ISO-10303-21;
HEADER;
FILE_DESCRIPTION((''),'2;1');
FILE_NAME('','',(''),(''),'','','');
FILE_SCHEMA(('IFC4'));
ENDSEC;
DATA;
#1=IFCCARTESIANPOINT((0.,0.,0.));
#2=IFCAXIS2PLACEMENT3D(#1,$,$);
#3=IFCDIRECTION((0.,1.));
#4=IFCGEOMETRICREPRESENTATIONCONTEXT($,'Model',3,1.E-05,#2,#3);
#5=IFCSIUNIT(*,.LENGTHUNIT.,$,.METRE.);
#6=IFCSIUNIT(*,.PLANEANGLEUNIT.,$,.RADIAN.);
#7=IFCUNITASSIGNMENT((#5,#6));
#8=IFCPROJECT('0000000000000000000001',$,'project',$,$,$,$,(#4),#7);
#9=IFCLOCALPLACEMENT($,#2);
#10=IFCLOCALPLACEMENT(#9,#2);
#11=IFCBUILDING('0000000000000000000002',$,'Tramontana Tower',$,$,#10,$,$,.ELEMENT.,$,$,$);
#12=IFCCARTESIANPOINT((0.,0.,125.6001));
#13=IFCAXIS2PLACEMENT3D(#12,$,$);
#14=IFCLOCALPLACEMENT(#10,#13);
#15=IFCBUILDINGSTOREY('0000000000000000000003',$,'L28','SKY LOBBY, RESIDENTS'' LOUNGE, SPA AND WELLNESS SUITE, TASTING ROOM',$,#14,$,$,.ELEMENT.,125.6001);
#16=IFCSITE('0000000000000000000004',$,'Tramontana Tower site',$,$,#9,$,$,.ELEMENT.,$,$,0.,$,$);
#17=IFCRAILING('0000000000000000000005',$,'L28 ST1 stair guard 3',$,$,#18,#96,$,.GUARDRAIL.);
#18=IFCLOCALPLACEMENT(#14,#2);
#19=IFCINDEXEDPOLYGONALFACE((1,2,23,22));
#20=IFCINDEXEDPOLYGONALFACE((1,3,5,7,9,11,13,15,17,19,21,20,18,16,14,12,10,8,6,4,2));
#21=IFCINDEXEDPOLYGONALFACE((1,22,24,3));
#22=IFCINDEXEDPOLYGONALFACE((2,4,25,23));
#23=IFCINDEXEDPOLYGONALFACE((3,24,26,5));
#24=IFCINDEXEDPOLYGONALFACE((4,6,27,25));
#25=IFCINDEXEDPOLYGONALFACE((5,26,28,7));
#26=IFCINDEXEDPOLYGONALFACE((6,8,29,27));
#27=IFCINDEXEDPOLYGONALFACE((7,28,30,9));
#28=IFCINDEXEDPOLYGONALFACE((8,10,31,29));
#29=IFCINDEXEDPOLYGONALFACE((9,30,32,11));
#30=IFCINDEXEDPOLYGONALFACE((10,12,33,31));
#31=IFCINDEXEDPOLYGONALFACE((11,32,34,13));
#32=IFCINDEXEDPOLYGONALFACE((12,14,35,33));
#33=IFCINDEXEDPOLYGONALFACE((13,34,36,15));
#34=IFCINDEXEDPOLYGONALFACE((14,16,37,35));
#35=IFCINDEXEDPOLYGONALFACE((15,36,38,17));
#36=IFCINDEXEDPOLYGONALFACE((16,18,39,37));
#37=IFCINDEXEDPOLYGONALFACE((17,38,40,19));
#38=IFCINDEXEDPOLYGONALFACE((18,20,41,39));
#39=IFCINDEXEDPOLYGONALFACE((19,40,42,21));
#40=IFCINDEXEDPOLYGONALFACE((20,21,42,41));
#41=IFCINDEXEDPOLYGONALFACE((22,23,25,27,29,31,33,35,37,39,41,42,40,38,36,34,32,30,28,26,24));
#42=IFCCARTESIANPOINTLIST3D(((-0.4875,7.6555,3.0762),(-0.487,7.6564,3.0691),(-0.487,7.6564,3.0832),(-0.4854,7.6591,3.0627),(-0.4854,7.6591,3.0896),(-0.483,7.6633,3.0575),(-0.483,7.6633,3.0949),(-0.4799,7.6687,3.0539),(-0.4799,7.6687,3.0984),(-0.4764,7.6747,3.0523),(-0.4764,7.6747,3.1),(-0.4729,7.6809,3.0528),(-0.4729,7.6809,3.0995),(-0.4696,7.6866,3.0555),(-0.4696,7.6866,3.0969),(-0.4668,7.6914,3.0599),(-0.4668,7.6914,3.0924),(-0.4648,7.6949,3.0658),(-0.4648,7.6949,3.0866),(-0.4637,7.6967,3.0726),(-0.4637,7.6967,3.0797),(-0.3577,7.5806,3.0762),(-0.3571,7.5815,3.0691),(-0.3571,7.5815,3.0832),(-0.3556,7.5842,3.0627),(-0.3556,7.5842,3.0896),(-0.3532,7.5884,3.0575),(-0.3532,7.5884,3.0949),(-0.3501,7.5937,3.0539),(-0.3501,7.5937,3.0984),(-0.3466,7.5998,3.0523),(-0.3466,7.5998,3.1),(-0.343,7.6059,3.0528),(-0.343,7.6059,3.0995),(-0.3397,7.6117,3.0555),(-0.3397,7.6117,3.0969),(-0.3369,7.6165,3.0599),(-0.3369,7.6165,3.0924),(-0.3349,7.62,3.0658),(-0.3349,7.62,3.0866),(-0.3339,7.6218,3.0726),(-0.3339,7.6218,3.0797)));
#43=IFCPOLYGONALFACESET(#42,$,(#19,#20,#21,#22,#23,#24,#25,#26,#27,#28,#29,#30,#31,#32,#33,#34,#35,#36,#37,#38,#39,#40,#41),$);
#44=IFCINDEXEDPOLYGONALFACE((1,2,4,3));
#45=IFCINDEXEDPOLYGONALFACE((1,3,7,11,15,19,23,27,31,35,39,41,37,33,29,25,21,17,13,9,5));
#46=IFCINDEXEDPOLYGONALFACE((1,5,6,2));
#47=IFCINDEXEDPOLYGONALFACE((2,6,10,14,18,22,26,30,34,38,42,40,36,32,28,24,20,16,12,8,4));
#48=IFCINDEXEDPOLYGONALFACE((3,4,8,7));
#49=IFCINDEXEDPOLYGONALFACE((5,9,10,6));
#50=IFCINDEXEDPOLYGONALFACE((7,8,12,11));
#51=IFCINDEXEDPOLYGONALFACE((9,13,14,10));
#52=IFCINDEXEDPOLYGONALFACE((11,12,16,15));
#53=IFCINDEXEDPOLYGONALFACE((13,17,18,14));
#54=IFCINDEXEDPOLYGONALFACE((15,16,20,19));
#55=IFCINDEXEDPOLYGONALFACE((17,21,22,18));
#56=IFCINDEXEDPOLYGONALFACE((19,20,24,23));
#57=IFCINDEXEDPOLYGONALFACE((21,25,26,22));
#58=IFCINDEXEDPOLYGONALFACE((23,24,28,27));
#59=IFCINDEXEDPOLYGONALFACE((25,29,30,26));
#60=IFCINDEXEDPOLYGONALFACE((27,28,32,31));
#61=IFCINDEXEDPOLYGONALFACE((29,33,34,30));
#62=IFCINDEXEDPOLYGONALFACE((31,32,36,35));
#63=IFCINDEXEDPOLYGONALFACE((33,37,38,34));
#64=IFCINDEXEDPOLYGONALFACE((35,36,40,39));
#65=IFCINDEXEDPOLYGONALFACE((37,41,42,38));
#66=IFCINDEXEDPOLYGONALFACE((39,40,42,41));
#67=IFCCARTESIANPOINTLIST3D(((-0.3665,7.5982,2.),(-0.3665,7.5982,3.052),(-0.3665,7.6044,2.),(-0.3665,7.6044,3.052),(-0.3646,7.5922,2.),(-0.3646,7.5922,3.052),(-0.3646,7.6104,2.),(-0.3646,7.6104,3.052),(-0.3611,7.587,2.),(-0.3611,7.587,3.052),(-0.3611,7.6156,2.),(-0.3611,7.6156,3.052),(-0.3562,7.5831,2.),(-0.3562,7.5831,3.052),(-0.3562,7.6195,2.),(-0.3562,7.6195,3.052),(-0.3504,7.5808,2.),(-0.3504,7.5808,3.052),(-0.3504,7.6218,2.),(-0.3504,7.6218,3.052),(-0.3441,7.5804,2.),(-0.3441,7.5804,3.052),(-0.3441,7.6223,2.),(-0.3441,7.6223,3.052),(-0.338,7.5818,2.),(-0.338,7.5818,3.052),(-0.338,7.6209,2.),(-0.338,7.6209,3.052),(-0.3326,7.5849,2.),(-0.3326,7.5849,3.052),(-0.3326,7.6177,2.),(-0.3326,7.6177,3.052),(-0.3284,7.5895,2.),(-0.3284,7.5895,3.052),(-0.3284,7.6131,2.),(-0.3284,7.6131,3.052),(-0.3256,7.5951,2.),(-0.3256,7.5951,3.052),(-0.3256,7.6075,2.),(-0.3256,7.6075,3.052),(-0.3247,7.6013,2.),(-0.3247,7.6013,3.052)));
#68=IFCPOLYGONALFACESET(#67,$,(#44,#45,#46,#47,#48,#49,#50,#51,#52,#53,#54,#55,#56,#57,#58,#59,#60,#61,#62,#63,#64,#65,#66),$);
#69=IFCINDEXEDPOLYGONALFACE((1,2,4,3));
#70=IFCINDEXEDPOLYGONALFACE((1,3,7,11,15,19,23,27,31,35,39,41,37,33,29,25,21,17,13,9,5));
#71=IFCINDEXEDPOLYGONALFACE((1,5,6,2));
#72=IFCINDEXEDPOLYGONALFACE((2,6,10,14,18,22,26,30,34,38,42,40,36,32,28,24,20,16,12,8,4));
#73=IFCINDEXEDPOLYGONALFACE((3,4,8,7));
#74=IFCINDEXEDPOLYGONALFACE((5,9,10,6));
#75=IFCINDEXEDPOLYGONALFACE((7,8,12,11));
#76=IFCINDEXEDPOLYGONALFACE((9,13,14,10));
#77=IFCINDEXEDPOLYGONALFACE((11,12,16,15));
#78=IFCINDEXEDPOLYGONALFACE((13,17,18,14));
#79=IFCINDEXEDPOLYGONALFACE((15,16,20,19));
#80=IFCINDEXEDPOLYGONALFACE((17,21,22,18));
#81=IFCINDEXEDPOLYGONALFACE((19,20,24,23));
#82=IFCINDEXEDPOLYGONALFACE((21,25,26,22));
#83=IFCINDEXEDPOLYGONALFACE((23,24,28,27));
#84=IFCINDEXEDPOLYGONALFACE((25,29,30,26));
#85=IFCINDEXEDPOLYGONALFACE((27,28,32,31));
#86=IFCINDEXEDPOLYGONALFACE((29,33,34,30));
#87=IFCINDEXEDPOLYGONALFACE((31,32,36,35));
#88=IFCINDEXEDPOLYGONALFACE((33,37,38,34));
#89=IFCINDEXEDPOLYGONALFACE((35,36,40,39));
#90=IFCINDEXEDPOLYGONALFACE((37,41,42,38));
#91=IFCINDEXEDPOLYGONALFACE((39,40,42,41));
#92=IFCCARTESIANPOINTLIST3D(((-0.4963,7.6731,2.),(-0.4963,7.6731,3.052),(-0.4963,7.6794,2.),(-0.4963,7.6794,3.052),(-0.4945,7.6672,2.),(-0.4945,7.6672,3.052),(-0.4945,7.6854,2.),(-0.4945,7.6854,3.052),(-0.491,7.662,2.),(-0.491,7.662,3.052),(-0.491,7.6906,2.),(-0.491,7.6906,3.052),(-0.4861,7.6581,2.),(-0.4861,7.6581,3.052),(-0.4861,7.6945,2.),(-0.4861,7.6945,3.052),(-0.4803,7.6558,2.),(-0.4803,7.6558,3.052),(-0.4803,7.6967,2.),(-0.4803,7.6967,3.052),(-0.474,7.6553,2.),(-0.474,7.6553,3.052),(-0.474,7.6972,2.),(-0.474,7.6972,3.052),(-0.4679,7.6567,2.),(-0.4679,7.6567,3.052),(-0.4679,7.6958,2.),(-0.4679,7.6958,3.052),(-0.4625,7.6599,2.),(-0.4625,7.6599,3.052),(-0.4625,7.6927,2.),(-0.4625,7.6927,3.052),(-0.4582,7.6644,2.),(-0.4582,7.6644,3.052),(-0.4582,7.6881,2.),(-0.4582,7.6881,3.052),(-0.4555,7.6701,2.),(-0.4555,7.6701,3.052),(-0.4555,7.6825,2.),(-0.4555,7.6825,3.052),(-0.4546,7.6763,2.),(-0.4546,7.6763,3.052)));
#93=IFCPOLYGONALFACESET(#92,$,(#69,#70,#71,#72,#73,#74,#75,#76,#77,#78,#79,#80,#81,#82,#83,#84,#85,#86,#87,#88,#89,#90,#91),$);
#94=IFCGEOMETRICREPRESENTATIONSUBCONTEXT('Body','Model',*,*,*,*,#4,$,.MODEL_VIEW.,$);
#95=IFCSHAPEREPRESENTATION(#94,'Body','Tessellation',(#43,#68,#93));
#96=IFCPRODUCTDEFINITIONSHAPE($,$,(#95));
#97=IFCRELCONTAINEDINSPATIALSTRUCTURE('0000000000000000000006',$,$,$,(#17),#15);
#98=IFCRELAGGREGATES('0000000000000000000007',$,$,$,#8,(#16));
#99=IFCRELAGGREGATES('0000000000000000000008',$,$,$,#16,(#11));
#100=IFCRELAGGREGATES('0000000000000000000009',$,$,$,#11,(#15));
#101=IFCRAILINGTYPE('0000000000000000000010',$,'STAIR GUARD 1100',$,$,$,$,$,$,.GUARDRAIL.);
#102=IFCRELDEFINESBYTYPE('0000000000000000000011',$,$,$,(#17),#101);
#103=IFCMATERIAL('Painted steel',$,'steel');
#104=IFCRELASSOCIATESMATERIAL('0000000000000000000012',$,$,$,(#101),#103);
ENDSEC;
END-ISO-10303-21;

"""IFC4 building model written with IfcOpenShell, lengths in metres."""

from ifc_helpers import new_model, si_unit, direction, frame, origin, origin_2d, place, context, subcontext, project, spatial, circle, extrude, material, type_object, element, save


model = new_model("IFC4")

# Units and contexts
model_context = context("Model", 3, precision=1e-05, world=origin(), true_north=direction((0.0, 1.0)))
body_context = subcontext(model_context, "Body", "Model", "MODEL_VIEW")
ifc_project = project(units=[si_unit("LENGTHUNIT", "METRE"), si_unit("PLANEANGLEUNIT", "RADIAN")], contexts=[model_context])

# Site, building, storey
site_placement = place(None, origin())
site = spatial("IfcSite", under=ifc_project, at=site_placement, Name="Tramontana Tower site", CompositionType="ELEMENT", RefElevation=0.0)
building_placement = place(site_placement, origin())
building = spatial("IfcBuilding", under=site, at=building_placement, Name="Tramontana Tower", CompositionType="ELEMENT")
storey_placement = place(building_placement, frame((0.0, 0.0, 125.6001)))
storey = spatial("IfcBuildingStorey", under=building, at=storey_placement, Name="L28", Description="SKY LOBBY, RESIDENTS' LOUNGE, SPA AND WELLNESS SUITE, TASTING ROOM", CompositionType="ELEMENT", Elevation=125.6001)

# Railing
ifc_material_1 = material(Name="Painted steel", Category="steel")
railing_type = type_object("IfcRailingType", Name="STAIR GUARD 1100", PredefinedType="GUARDRAIL", material=ifc_material_1)
railing_1_placement = place(storey_placement, frame((-0.3457, 7.6013, 2.0)))
element("IfcRailing", 1, at=railing_1_placement, inside=storey, type_object=railing_type, Name="L28 ST1 stair guard 3", PredefinedType="GUARDRAIL", context=body_context, shape_type="SweptSolid", body=[
    extrude(circle(Radius=0.0239, at=origin_2d()), frame((0.0, 0.0, 1.0762), z_axis=(-0.866131, 0.499816, 0.0), x_axis=(-0.499816, -0.866131, 0.0)), (0.0, 0.0, 1.0), 0.1499),
    extrude(circle(Radius=0.021, at=origin_2d()), origin(), (0.0, 0.0, 1.0), 1.052),
    extrude(circle(Radius=0.021, at=origin_2d()), frame((-0.1299, 0.075, 0.0)), (0.0, 0.0, 1.0), 1.052),
])

save(model, "model.ifc")
